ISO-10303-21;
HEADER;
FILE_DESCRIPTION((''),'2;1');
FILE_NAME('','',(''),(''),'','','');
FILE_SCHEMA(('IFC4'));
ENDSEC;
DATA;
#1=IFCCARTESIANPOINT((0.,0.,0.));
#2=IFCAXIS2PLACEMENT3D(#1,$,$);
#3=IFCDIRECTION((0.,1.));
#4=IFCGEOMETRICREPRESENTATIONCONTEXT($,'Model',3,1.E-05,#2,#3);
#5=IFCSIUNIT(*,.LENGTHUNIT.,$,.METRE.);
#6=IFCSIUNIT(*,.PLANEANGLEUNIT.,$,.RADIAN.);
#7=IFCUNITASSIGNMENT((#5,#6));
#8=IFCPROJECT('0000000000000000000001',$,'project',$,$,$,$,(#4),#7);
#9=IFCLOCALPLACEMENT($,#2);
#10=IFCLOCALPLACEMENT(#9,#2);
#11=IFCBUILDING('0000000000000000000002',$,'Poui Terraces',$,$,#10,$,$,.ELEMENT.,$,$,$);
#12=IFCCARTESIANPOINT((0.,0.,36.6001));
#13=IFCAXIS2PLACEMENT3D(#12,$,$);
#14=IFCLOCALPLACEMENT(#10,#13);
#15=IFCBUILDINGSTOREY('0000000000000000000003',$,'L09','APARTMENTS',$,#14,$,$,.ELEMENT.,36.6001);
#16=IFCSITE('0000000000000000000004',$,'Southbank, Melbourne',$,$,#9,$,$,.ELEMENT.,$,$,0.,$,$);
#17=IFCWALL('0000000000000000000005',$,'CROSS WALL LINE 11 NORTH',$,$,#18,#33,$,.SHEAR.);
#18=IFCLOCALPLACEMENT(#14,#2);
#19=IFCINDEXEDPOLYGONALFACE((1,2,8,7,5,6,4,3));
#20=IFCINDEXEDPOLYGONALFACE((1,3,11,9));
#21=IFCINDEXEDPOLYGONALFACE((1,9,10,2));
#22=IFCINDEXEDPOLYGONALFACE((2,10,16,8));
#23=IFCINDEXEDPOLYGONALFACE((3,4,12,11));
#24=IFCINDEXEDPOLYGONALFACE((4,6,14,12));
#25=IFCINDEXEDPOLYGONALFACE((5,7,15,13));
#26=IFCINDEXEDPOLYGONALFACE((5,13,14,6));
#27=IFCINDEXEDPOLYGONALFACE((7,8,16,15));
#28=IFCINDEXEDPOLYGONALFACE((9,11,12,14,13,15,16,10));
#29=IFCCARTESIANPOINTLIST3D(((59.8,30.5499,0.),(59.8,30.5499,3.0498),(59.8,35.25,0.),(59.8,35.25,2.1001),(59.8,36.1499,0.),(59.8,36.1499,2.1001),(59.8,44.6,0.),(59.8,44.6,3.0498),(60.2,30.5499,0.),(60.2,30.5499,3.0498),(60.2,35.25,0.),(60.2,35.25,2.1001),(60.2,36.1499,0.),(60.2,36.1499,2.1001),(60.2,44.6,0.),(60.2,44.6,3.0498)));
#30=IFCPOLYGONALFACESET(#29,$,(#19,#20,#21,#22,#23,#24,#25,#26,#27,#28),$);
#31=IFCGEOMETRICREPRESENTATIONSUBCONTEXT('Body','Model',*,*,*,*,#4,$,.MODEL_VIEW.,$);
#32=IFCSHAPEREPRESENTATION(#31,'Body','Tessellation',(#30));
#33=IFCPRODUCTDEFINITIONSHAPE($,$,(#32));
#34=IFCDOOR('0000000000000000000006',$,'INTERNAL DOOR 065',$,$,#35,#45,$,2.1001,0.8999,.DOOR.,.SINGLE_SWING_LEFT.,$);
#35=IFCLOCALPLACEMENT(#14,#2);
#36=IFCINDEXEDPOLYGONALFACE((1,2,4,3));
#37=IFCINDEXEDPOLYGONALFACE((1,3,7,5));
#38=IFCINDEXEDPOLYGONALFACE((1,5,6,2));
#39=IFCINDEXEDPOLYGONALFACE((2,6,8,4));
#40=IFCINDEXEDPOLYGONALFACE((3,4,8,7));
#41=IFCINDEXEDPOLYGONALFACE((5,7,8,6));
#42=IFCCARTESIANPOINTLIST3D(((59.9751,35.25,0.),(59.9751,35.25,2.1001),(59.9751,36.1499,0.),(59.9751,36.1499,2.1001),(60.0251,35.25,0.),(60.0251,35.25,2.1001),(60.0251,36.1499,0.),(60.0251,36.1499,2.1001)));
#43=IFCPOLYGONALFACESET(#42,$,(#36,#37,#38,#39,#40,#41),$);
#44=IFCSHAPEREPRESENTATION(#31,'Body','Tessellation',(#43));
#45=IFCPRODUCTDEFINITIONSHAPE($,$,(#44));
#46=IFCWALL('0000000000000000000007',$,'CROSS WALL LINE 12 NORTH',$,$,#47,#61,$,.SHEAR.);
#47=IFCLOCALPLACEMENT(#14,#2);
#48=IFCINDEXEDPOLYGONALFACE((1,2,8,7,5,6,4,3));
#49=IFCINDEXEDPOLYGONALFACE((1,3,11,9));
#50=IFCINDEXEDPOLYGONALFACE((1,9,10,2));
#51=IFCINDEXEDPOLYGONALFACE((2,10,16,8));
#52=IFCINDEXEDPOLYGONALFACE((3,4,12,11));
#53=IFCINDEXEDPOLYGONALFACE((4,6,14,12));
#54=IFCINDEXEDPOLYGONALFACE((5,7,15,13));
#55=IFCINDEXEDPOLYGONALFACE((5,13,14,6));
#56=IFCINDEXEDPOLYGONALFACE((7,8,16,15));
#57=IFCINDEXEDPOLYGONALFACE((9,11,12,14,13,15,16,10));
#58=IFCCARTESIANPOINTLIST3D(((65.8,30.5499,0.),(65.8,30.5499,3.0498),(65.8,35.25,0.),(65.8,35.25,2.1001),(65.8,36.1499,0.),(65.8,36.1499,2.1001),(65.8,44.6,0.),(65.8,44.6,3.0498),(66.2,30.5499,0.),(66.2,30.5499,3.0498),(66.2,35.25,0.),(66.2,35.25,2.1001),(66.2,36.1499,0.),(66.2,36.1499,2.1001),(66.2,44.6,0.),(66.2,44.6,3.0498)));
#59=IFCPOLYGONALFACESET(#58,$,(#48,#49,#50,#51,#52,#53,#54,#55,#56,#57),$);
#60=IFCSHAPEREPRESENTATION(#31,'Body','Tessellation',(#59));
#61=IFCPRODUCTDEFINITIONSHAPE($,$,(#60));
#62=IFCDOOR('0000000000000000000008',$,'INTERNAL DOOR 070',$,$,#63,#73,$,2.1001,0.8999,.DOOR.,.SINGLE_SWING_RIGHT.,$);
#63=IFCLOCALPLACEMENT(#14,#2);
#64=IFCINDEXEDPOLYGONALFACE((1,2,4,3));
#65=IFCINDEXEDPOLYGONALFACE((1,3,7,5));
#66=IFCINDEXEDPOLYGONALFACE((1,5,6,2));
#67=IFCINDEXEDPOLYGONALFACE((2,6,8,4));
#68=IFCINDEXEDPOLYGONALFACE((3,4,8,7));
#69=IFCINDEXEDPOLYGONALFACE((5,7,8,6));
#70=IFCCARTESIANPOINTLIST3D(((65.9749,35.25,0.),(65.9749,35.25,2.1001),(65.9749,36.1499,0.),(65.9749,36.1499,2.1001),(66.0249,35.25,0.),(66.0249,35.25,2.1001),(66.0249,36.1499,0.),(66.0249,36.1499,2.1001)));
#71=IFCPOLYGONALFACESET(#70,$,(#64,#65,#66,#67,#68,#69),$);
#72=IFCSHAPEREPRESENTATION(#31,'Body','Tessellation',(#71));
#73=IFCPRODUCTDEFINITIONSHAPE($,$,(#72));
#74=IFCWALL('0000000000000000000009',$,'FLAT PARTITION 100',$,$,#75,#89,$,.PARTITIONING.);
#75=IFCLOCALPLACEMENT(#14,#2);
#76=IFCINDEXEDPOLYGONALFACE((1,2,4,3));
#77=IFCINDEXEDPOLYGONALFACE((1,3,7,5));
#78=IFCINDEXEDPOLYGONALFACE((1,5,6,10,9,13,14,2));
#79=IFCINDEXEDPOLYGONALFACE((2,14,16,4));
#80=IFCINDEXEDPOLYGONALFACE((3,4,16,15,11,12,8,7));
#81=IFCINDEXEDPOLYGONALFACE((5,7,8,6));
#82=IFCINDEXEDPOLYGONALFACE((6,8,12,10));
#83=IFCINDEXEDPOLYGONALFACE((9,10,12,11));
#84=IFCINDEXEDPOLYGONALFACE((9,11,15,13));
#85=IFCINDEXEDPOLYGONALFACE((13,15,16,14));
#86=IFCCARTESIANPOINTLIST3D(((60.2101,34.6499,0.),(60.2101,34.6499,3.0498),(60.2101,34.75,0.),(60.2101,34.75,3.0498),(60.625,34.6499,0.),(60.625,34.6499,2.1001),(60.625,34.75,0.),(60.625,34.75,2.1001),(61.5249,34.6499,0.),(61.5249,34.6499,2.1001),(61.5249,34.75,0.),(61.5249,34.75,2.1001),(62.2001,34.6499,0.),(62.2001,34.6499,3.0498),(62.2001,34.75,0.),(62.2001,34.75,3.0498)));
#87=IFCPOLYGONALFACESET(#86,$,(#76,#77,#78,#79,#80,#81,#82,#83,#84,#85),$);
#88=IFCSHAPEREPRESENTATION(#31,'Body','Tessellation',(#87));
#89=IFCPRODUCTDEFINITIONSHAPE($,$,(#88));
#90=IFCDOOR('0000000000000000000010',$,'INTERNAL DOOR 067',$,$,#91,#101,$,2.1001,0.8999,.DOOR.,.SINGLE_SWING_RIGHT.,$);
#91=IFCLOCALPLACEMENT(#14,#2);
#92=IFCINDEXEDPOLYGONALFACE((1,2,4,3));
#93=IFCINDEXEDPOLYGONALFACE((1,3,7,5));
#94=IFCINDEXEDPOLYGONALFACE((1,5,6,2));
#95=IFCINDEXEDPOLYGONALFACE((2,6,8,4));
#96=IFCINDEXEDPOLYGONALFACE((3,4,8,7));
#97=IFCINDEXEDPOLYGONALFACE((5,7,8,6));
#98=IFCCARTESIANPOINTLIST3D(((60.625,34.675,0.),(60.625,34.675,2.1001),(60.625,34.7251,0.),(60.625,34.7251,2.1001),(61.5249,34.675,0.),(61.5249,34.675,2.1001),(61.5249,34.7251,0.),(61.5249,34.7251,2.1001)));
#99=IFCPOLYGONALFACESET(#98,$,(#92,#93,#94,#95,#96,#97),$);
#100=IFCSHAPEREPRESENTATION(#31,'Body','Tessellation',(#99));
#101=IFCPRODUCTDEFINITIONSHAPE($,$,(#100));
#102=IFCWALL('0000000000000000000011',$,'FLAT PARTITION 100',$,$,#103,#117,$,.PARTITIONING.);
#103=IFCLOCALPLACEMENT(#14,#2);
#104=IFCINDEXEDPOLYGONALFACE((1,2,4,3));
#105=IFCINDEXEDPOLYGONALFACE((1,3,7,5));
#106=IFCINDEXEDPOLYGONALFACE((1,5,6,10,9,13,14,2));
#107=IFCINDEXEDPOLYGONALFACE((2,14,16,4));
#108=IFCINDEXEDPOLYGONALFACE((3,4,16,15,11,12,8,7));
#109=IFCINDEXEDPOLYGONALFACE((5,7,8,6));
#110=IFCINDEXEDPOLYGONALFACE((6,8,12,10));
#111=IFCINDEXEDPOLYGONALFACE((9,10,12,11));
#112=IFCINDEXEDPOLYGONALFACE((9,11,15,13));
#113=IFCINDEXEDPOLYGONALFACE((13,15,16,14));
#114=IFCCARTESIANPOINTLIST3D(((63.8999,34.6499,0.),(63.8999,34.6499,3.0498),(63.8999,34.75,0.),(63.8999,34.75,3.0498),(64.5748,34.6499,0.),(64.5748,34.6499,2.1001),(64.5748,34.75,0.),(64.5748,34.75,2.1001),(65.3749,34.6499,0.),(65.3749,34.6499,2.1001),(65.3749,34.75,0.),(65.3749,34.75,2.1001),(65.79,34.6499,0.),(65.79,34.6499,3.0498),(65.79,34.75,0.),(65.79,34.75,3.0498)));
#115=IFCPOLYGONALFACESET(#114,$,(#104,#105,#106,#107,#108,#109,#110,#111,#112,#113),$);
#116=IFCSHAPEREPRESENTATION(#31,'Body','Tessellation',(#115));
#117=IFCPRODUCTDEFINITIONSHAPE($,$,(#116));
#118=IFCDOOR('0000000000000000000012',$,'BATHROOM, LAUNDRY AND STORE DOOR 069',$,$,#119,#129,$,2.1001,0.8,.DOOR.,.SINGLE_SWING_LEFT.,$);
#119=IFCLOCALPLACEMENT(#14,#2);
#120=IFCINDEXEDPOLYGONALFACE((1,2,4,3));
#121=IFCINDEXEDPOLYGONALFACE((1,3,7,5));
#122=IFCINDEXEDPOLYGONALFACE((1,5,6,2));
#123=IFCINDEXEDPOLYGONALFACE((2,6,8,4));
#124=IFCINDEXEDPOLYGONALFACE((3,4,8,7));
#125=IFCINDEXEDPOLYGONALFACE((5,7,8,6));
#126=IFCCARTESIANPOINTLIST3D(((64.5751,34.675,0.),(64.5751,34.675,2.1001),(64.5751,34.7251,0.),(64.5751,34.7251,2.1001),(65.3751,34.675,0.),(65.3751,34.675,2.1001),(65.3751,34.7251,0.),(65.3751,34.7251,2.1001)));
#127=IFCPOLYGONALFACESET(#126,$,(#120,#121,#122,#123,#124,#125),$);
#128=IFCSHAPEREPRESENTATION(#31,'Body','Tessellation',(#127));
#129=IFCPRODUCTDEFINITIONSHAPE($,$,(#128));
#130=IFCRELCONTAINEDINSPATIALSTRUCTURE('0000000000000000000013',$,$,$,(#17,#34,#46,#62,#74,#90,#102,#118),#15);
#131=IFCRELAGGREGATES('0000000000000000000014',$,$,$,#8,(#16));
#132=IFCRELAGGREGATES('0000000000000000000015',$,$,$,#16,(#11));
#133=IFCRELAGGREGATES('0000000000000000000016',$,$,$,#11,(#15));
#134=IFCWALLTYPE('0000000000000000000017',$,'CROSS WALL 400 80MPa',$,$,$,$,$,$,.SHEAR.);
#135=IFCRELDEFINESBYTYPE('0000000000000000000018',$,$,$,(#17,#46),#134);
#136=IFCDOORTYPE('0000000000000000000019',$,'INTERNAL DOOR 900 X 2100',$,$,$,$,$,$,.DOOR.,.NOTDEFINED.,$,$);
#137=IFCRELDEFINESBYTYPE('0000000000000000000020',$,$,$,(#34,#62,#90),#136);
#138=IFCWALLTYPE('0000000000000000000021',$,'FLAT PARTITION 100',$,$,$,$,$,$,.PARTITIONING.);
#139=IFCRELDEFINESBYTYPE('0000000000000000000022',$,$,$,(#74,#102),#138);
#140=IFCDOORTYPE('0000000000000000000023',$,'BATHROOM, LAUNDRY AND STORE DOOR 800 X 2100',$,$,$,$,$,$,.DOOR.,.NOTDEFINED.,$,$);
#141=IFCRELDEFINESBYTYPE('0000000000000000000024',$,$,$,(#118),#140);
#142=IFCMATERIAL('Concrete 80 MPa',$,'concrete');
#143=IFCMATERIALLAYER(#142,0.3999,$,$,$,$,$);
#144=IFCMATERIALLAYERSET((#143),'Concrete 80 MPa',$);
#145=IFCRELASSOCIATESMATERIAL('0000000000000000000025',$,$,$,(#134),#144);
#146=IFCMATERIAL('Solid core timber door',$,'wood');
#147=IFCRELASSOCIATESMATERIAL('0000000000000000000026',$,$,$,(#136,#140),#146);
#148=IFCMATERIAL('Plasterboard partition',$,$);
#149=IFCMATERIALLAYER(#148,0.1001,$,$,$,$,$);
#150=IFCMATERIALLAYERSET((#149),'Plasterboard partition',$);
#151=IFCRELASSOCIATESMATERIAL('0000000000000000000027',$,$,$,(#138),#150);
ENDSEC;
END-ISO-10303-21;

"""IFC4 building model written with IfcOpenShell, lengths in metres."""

from ifc_helpers import new_model, si_unit, direction, frame, frame_2d, origin, place, context, subcontext, project, spatial, rectangle, extrude, material, layer, layer_set, type_object, element, fill, save


model = new_model("IFC4")

# Units and contexts
model_context = context("Model", 3, precision=1e-05, world=origin(), true_north=direction((0.0, 1.0)))
body_context = subcontext(model_context, "Body", "Model", "MODEL_VIEW")
ifc_project = project(units=[si_unit("LENGTHUNIT", "METRE"), si_unit("PLANEANGLEUNIT", "RADIAN")], contexts=[model_context])

# Site, building, storey
site_placement = place(None, origin())
site = spatial("IfcSite", under=ifc_project, at=site_placement, Name="Southbank, Melbourne", CompositionType="ELEMENT", RefElevation=0.0)
building_placement = place(site_placement, origin())
building = spatial("IfcBuilding", under=site, at=building_placement, Name="Poui Terraces", CompositionType="ELEMENT")
storey_placement = place(building_placement, frame((0.0, 0.0, 36.6001)))
storey = spatial("IfcBuildingStorey", under=building, at=storey_placement, Name="L09", Description="APARTMENTS", CompositionType="ELEMENT", Elevation=36.6001)

# Walls, openings, doors
ifc_material_1 = material(Name="Concrete 80 MPa", Category="concrete")
ifc_layer_1 = layer(ifc_material_1, 0.3999)
ifc_layer_set_1 = layer_set([ifc_layer_1], Name="Concrete 80 MPa")
wall_type_1 = type_object("IfcWallType", Name="CROSS WALL 400 80MPa", PredefinedType="SHEAR", material=ifc_layer_set_1)
wall_1_placement = place(storey_placement, frame((60.0, 30.55, 0.0), z_axis=(0.0, 0.0, 1.0), x_axis=(0.0, 1.0, 0.0)))
wall_1 = element("IfcWall", 1, at=wall_1_placement, inside=storey, type_object=wall_type_1, Name="CROSS WALL LINE 11 NORTH", PredefinedType="SHEAR", context=body_context, shape_type="SweptSolid", body=[
    extrude(rectangle(XDim=14.05, YDim=0.3999, at=frame_2d((7.0249, 0.0))), origin(), (0.0, 0.0, 1.0), 3.0498),
])
opening_1_placement = place(wall_1_placement, frame((4.7, 0.0, 0.0)))
opening_1 = element("IfcOpeningElement", 2, at=opening_1_placement, cuts=wall_1, PredefinedType="OPENING", context=body_context, shape_type="SweptSolid", body=[
    extrude(rectangle(XDim=0.8999, YDim=2.1001, at=frame_2d((0.45, 1.05))), frame((0.0, 0.21, 0.0), z_axis=(0.0, -1.0, 0.0), x_axis=(1.0, 0.0, 0.0)), (0.0, 0.0, 1.0), 0.4199),
])
ifc_material_2 = material(Name="Solid core timber door", Category="wood")
door_type_1 = type_object("IfcDoorType", Name="INTERNAL DOOR 900 X 2100", OperationType="NOTDEFINED", PredefinedType="DOOR", material=ifc_material_2)
door_1_placement = place(opening_1_placement, origin())
door_1 = element("IfcDoor", 3, at=door_1_placement, inside=storey, type_object=door_type_1, Name="INTERNAL DOOR 065", OperationType="SINGLE_SWING_LEFT", OverallHeight=2.1001, OverallWidth=0.8999, PredefinedType="DOOR", context=body_context, shape_type="SweptSolid", body=[
    extrude(rectangle(XDim=0.8999, YDim=2.1001, at=frame_2d((0.45, 1.05))), frame((0.0, 0.0249, 0.0), z_axis=(0.0, -1.0, 0.0), x_axis=(1.0, 0.0, 0.0)), (0.0, 0.0, 1.0), 0.05),
])
fill(opening_1, door_1)
wall_2_placement = place(storey_placement, frame((66.0, 30.55, 0.0), z_axis=(0.0, 0.0, 1.0), x_axis=(0.0, 1.0, 0.0)))
wall_2 = element("IfcWall", 4, at=wall_2_placement, inside=storey, type_object=wall_type_1, Name="CROSS WALL LINE 12 NORTH", PredefinedType="SHEAR", context=body_context, shape_type="SweptSolid", body=[
    extrude(rectangle(XDim=14.05, YDim=0.3999, at=frame_2d((7.0249, 0.0))), origin(), (0.0, 0.0, 1.0), 3.0498),
])
opening_2_placement = place(wall_2_placement, frame((4.7, 0.0, 0.0)))
opening_2 = element("IfcOpeningElement", 5, at=opening_2_placement, cuts=wall_2, PredefinedType="OPENING", context=body_context, shape_type="SweptSolid", body=[
    extrude(rectangle(XDim=0.8999, YDim=2.1001, at=frame_2d((0.45, 1.05))), frame((0.0, 0.21, 0.0), z_axis=(0.0, -1.0, 0.0), x_axis=(1.0, 0.0, 0.0)), (0.0, 0.0, 1.0), 0.4199),
])
door_2_placement = place(opening_2_placement, frame((0.8999, 0.0, 0.0), z_axis=(0.0, 0.0, 1.0), x_axis=(-1.0, 0.0, 0.0)))
door_2 = element("IfcDoor", 6, at=door_2_placement, inside=storey, type_object=door_type_1, Name="INTERNAL DOOR 070", OperationType="SINGLE_SWING_RIGHT", OverallHeight=2.1001, OverallWidth=0.8999, PredefinedType="DOOR", context=body_context, shape_type="SweptSolid", body=[
    extrude(rectangle(XDim=0.8999, YDim=2.1001, at=frame_2d((0.45, 1.05))), frame((0.0, 0.0249, 0.0), z_axis=(0.0, -1.0, 0.0), x_axis=(1.0, 0.0, 0.0)), (0.0, 0.0, 1.0), 0.05),
])
fill(opening_2, door_2)
ifc_material_3 = material(Name="Plasterboard partition")
ifc_layer_2 = layer(ifc_material_3, 0.1001)
ifc_layer_set_2 = layer_set([ifc_layer_2], Name="Plasterboard partition")
wall_type_2 = type_object("IfcWallType", Name="FLAT PARTITION 100", PredefinedType="PARTITIONING", material=ifc_layer_set_2)
wall_3_placement = place(storey_placement, frame((60.21, 34.7, 0.0), z_axis=(0.0, 0.0, 1.0), x_axis=(1.0, 0.0, 0.0)))
wall_3 = element("IfcWall", 7, at=wall_3_placement, inside=storey, type_object=wall_type_2, Name="FLAT PARTITION 100", PredefinedType="PARTITIONING", context=body_context, shape_type="SweptSolid", body=[
    extrude(rectangle(XDim=1.99, YDim=0.1001, at=frame_2d((0.9951, 0.0))), origin(), (0.0, 0.0, 1.0), 3.0498),
])
opening_3_placement = place(wall_3_placement, frame((0.415, 0.0, 0.0)))
opening_3 = element("IfcOpeningElement", 8, at=opening_3_placement, cuts=wall_3, PredefinedType="OPENING", context=body_context, shape_type="SweptSolid", body=[
    extrude(rectangle(XDim=0.8999, YDim=2.1001, at=frame_2d((0.45, 1.05))), frame((0.0, 0.0601, 0.0), z_axis=(0.0, -1.0, 0.0), x_axis=(1.0, 0.0, 0.0)), (0.0, 0.0, 1.0), 0.1201),
])
door_3_placement = place(opening_3_placement, frame((0.8999, 0.0, 0.0), z_axis=(0.0, 0.0, 1.0), x_axis=(-1.0, 0.0, 0.0)))
door_3 = element("IfcDoor", 9, at=door_3_placement, inside=storey, type_object=door_type_1, Name="INTERNAL DOOR 067", OperationType="SINGLE_SWING_RIGHT", OverallHeight=2.1001, OverallWidth=0.8999, PredefinedType="DOOR", context=body_context, shape_type="SweptSolid", body=[
    extrude(rectangle(XDim=0.8999, YDim=2.1001, at=frame_2d((0.45, 1.05))), frame((0.0, 0.0249, 0.0), z_axis=(0.0, -1.0, 0.0), x_axis=(1.0, 0.0, 0.0)), (0.0, 0.0, 1.0), 0.05),
])
fill(opening_3, door_3)
wall_4_placement = place(storey_placement, frame((63.8999, 34.7, 0.0), z_axis=(0.0, 0.0, 1.0), x_axis=(1.0, 0.0, 0.0)))
wall_4 = element("IfcWall", 10, at=wall_4_placement, inside=storey, type_object=wall_type_2, Name="FLAT PARTITION 100", PredefinedType="PARTITIONING", context=body_context, shape_type="SweptSolid", body=[
    extrude(rectangle(XDim=1.8901, YDim=0.1001, at=frame_2d((0.9451, 0.0))), origin(), (0.0, 0.0, 1.0), 3.0498),
])
opening_4_placement = place(wall_4_placement, frame((0.675, 0.0, 0.0)))
opening_4 = element("IfcOpeningElement", 11, at=opening_4_placement, cuts=wall_4, PredefinedType="OPENING", context=body_context, shape_type="SweptSolid", body=[
    extrude(rectangle(XDim=0.8, YDim=2.1001, at=frame_2d((0.3999, 1.05))), frame((0.0, 0.0601, 0.0), z_axis=(0.0, -1.0, 0.0), x_axis=(1.0, 0.0, 0.0)), (0.0, 0.0, 1.0), 0.1201),
])
door_type_2 = type_object("IfcDoorType", Name="BATHROOM, LAUNDRY AND STORE DOOR 800 X 2100", OperationType="NOTDEFINED", PredefinedType="DOOR", material=ifc_material_2)
door_4_placement = place(opening_4_placement, frame((0.8, 0.0, 0.0), z_axis=(0.0, 0.0, 1.0), x_axis=(-1.0, 0.0, 0.0)))
door_4 = element("IfcDoor", 12, at=door_4_placement, inside=storey, type_object=door_type_2, Name="BATHROOM, LAUNDRY AND STORE DOOR 069", OperationType="SINGLE_SWING_LEFT", OverallHeight=2.1001, OverallWidth=0.8, PredefinedType="DOOR", context=body_context, shape_type="SweptSolid", body=[
    extrude(rectangle(XDim=0.8, YDim=2.1001, at=frame_2d((0.3999, 1.05))), frame((0.0, 0.0249, 0.0), z_axis=(0.0, -1.0, 0.0), x_axis=(1.0, 0.0, 0.0)), (0.0, 0.0, 1.0), 0.05),
])
fill(opening_4, door_4)

save(model, "model.ifc")
